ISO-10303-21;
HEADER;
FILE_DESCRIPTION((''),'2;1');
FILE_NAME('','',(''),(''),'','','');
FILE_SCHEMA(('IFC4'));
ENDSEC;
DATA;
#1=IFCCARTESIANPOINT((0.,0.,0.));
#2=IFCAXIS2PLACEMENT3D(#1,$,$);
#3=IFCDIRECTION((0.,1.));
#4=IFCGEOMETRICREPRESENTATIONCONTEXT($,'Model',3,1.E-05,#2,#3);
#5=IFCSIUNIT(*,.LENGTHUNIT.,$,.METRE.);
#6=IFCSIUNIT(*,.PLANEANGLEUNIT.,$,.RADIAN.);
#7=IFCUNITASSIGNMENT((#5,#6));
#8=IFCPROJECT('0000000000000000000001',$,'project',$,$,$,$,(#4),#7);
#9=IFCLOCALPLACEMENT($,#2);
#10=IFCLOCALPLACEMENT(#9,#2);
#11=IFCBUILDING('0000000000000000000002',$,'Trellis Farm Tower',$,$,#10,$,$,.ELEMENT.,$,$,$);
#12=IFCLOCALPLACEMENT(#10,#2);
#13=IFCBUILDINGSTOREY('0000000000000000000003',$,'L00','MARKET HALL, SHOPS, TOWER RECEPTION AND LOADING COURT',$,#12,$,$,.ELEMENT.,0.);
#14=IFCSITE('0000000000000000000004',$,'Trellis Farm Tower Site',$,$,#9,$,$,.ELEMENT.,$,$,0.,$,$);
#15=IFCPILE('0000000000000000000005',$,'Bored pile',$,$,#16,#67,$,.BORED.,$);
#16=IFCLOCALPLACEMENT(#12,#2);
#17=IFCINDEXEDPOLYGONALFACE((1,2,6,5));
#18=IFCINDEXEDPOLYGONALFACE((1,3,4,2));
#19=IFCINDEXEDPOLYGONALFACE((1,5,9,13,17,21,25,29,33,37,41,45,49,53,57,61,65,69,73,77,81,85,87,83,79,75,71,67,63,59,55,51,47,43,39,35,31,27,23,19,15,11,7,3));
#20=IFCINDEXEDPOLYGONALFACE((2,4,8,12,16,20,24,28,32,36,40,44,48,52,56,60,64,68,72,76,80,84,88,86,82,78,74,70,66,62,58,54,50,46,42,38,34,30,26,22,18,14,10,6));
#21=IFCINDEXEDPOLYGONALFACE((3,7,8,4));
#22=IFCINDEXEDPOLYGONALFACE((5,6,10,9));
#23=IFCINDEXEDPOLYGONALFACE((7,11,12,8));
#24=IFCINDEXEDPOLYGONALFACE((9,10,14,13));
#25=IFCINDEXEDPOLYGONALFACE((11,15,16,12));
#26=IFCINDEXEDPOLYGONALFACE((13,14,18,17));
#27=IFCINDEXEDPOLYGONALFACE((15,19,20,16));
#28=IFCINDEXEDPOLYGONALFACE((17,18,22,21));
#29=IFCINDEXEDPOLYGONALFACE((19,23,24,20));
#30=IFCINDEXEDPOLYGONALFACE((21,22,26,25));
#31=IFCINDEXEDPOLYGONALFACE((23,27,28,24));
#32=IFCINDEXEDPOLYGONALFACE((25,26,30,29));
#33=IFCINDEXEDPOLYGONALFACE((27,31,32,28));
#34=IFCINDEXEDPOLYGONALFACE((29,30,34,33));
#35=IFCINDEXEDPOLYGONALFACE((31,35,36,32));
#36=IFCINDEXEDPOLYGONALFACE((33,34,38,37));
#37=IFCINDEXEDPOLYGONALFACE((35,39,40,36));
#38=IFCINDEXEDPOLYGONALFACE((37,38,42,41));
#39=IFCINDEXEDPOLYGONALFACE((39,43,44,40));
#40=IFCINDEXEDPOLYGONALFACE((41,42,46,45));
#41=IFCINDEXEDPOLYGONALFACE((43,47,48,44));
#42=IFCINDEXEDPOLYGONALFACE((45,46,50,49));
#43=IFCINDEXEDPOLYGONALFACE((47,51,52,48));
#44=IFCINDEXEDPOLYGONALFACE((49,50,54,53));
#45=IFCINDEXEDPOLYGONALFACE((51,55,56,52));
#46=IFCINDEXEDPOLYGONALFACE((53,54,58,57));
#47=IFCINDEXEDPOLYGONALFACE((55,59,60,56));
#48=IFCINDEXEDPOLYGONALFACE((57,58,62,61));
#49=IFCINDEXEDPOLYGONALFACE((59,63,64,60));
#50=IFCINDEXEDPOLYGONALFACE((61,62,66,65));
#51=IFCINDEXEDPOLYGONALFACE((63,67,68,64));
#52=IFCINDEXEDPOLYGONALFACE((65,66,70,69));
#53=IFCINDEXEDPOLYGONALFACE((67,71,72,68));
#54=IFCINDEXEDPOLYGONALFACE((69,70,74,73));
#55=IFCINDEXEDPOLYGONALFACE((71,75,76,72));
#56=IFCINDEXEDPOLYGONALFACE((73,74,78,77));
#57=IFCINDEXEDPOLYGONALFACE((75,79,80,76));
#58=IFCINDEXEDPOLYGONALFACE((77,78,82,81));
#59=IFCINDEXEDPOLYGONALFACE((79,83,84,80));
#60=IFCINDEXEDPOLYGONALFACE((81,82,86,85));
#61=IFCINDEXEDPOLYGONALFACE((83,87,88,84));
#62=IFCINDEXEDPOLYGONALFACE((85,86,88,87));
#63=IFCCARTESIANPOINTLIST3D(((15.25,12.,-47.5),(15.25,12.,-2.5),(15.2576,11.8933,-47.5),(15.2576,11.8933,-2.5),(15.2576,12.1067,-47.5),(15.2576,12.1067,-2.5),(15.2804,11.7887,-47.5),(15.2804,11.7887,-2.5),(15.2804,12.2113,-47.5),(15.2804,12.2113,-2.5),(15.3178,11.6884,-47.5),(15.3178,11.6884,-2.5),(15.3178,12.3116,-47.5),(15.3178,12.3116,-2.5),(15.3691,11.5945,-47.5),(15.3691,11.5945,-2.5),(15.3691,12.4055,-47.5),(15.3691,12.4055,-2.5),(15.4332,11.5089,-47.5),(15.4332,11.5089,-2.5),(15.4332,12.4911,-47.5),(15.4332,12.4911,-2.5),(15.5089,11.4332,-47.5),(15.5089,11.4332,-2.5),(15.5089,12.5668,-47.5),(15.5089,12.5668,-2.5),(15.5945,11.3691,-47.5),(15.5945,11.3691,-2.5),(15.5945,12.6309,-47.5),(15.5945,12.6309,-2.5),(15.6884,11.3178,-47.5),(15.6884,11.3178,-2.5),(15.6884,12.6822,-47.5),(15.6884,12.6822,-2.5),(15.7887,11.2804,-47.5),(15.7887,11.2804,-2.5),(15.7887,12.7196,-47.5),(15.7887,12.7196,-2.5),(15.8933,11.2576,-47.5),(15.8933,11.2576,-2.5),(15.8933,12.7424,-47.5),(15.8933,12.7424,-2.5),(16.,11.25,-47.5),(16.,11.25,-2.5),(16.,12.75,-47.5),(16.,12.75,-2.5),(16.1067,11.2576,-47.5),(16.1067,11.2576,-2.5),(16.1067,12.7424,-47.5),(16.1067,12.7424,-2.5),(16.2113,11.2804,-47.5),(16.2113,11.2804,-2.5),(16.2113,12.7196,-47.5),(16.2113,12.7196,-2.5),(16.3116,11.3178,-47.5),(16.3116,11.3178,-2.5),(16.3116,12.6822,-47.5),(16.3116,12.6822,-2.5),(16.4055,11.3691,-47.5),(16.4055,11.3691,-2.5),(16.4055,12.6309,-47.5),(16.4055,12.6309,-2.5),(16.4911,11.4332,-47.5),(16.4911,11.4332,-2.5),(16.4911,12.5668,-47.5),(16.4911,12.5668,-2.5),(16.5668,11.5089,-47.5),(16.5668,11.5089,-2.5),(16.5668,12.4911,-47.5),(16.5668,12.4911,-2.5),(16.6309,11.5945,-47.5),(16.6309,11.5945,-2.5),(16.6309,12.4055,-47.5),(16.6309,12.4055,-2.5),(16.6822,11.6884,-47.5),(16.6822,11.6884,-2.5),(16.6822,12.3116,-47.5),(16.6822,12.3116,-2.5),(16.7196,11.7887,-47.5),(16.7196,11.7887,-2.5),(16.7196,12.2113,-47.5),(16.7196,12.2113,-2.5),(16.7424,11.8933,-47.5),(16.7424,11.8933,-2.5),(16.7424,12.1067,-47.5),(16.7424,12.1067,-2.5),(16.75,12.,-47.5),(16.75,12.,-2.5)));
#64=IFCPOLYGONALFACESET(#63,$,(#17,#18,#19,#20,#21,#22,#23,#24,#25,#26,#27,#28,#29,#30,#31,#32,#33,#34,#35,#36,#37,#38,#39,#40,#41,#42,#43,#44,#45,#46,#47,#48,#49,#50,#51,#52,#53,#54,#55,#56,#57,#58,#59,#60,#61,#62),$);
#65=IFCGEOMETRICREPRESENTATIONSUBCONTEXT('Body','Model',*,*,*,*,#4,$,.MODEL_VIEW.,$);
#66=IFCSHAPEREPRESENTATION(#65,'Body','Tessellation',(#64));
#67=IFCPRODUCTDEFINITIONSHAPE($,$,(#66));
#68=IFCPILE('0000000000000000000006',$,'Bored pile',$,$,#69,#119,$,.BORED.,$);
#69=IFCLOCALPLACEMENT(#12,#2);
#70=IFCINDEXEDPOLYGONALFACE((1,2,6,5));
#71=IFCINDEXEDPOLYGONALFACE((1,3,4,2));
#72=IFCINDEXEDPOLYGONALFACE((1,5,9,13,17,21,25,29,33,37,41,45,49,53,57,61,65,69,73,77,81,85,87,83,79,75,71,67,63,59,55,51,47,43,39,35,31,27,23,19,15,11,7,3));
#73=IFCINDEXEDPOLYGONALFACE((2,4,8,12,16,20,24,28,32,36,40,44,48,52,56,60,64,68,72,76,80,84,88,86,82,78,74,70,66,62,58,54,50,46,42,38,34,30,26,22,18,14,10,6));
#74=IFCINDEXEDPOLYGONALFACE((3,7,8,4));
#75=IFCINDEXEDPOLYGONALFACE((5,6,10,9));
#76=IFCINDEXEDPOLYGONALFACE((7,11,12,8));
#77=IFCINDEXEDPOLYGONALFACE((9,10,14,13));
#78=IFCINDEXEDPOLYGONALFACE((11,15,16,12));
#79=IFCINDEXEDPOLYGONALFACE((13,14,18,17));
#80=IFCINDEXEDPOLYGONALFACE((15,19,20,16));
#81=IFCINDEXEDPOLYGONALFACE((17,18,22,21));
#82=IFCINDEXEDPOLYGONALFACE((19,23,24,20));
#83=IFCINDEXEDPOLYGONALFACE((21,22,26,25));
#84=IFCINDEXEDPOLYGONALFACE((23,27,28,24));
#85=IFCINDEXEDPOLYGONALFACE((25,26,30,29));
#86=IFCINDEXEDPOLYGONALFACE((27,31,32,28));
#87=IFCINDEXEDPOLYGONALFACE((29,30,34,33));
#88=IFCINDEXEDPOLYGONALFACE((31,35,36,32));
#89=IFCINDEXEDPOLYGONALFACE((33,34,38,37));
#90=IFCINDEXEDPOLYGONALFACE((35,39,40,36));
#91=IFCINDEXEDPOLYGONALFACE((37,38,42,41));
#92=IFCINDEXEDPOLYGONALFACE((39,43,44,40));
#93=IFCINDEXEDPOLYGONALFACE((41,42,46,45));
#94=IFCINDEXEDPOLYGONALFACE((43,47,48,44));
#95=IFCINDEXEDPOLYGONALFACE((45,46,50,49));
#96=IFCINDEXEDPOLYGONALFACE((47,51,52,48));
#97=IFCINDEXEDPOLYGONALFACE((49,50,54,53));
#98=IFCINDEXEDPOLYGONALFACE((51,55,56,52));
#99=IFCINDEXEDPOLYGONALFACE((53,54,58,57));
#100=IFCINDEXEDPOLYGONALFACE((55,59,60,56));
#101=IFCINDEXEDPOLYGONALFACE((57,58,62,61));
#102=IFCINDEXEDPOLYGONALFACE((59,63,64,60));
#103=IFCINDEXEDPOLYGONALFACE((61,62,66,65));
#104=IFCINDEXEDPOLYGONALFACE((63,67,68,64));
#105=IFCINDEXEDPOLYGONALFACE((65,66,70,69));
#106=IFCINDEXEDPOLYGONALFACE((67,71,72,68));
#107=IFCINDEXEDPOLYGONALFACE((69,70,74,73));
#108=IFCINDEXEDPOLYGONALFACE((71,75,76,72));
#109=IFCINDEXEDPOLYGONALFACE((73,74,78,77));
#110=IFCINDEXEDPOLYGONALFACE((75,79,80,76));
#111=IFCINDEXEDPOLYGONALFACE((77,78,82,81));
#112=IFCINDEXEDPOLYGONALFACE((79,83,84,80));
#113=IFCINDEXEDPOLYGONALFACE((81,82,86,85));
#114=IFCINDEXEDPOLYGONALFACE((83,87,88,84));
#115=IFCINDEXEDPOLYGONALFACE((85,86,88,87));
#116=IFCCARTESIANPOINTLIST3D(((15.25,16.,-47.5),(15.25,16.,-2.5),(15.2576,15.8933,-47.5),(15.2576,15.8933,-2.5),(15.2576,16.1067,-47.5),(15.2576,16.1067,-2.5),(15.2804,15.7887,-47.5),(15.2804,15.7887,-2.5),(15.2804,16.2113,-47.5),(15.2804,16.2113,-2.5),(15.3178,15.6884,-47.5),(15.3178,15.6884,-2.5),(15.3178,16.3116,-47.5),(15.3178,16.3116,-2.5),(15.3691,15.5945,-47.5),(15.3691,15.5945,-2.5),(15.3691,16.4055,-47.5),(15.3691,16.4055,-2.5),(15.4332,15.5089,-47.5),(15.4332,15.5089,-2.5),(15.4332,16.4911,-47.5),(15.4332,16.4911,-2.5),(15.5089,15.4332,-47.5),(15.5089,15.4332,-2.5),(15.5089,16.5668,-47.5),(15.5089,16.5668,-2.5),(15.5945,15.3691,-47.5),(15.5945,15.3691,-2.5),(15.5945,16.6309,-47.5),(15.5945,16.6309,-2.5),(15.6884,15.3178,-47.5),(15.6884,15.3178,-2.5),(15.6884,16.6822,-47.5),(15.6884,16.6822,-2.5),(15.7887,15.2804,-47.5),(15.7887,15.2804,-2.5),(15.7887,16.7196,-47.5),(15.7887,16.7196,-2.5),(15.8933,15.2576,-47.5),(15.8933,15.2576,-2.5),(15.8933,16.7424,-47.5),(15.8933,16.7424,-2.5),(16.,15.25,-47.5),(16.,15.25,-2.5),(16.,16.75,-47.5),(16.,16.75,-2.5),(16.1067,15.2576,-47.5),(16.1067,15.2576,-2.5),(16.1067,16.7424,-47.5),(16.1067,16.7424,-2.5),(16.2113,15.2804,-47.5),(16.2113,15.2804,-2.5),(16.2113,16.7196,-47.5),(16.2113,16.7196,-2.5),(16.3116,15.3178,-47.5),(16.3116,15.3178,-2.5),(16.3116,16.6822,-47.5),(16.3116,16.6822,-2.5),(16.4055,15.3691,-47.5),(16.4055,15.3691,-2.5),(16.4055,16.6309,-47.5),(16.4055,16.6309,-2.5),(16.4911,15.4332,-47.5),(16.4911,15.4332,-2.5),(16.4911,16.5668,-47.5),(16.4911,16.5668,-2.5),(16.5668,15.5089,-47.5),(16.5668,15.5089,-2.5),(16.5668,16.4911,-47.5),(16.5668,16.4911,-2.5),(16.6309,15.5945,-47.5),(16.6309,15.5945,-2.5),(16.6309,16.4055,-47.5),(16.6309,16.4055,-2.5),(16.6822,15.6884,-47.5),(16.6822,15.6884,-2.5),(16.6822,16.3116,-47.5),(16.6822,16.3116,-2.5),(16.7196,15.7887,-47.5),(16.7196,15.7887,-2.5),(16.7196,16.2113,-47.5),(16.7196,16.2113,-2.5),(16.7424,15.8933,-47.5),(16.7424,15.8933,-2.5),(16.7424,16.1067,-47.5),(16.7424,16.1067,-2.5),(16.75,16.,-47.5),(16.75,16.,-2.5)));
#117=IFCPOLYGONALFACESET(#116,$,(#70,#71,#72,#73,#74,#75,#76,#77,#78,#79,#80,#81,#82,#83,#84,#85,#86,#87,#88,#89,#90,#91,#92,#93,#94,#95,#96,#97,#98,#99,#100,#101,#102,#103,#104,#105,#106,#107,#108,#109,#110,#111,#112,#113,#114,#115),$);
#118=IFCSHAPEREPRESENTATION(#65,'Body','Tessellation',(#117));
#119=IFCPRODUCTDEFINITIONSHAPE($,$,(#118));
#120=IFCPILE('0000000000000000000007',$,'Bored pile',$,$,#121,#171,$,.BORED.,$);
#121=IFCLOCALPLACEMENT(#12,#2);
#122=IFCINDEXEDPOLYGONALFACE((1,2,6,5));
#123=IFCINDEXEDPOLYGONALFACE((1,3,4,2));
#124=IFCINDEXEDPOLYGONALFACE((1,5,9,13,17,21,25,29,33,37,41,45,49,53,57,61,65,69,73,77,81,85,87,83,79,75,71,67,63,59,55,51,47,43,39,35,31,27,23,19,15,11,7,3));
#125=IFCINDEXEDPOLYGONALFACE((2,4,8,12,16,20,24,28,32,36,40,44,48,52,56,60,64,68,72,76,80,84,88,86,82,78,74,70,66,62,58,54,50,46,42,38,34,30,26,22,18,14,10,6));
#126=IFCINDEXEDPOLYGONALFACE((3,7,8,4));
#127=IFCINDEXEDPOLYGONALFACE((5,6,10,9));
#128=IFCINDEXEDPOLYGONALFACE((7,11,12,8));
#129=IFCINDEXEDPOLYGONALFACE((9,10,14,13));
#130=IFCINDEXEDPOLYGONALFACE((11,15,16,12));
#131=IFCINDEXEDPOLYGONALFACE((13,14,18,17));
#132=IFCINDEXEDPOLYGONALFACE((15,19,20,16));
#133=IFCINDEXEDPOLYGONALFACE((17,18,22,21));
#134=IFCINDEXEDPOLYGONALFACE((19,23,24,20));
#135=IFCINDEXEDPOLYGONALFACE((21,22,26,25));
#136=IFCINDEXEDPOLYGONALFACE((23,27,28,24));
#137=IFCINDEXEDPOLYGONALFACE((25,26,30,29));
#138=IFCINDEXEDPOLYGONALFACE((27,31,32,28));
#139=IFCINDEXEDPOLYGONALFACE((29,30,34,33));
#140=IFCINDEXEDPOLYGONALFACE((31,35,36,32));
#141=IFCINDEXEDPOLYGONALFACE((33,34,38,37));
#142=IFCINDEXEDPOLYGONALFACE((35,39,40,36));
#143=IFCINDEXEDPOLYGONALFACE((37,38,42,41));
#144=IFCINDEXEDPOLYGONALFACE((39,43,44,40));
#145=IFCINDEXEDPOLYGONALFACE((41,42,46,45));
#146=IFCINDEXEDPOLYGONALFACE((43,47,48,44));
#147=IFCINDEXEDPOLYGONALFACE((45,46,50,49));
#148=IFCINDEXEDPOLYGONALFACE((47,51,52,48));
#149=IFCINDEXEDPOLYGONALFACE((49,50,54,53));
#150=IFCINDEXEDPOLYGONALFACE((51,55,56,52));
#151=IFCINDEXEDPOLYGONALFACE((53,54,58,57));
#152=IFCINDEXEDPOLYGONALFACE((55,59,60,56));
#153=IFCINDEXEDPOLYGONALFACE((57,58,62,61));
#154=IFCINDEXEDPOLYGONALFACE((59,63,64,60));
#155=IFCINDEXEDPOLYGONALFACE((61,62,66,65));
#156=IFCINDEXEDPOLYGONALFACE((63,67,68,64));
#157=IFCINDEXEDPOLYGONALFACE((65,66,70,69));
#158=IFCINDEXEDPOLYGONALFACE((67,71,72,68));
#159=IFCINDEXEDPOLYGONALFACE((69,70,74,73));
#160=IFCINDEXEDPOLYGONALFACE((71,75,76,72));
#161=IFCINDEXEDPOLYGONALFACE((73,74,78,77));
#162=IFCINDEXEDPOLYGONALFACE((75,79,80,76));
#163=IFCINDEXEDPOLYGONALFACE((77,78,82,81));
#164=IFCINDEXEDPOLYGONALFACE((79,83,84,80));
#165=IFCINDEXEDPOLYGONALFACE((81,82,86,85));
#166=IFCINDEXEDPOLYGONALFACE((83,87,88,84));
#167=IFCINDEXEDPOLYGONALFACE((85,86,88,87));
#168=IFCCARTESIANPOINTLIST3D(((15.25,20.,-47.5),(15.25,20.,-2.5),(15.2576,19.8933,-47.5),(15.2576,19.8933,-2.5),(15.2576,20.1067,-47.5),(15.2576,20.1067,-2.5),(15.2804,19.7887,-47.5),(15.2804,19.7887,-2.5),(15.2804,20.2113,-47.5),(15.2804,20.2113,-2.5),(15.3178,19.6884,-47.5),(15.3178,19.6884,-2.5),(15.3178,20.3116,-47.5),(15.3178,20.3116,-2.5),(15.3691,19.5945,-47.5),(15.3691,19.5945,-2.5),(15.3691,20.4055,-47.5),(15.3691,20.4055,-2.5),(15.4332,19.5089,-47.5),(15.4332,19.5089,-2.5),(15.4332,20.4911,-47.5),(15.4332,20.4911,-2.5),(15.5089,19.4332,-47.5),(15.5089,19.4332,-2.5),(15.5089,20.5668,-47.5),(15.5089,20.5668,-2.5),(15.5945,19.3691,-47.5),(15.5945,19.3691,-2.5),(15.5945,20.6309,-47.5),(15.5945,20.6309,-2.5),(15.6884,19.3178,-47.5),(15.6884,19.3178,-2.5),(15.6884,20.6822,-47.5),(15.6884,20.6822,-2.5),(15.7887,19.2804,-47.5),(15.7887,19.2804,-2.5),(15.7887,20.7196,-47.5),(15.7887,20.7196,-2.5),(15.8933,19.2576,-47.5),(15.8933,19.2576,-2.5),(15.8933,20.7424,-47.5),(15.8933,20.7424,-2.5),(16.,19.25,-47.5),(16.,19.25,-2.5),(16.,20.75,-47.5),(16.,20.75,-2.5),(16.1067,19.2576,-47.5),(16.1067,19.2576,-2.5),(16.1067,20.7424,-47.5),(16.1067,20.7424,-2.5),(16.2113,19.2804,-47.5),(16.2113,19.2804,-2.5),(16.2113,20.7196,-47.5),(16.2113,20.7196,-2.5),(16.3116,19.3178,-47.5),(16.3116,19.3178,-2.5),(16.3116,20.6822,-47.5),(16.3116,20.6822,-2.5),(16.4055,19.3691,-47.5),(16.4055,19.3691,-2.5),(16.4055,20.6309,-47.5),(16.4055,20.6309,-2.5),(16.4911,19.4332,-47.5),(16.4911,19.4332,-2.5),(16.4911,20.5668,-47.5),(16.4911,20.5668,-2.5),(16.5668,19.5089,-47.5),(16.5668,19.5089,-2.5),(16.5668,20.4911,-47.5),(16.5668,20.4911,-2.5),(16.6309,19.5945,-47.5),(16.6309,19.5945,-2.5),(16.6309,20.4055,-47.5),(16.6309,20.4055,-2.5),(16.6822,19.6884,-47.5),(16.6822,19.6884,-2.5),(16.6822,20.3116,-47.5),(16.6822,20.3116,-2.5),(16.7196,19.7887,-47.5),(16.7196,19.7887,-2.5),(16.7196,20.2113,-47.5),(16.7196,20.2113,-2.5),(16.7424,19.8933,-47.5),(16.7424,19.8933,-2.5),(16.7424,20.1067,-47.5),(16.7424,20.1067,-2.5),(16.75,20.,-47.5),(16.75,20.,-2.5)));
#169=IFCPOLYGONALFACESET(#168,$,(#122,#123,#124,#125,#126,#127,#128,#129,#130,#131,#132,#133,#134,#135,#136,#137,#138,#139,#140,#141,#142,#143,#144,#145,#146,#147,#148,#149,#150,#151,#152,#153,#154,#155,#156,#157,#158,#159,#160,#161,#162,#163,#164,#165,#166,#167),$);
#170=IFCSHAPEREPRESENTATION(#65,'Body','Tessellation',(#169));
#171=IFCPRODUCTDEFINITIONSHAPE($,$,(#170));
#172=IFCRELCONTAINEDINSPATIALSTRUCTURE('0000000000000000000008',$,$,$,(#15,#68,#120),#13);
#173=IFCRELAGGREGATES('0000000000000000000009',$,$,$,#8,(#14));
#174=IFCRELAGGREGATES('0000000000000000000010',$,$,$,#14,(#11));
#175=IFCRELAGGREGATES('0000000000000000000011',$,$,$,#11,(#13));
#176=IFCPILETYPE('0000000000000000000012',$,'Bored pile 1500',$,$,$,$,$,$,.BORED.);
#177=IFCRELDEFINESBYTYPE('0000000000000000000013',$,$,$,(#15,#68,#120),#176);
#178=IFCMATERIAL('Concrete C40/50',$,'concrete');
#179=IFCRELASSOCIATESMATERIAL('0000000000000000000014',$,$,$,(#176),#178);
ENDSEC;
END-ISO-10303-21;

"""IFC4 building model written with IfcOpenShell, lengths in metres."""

from ifc_helpers import new_model, si_unit, direction, frame, origin, origin_2d, place, context, subcontext, project, spatial, circle, extrude, source, transform, mapped, material, material_profile, profile_set, type_object, element, save


model = new_model("IFC4")

# Units and contexts
model_context = context("Model", 3, precision=1e-05, world=origin(), true_north=direction((0.0, 1.0)))
body_context = subcontext(model_context, "Body", "Model", "MODEL_VIEW")
ifc_project = project(units=[si_unit("LENGTHUNIT", "METRE"), si_unit("PLANEANGLEUNIT", "RADIAN")], contexts=[model_context])

# Site, building, storey
site_placement = place(None, origin())
site = spatial("IfcSite", under=ifc_project, at=site_placement, Name="Trellis Farm Tower Site", CompositionType="ELEMENT", RefElevation=0.0)
building_placement = place(site_placement, origin())
building = spatial("IfcBuilding", under=site, at=building_placement, Name="Trellis Farm Tower", CompositionType="ELEMENT")
storey_placement = place(building_placement, origin())
storey = spatial("IfcBuildingStorey", under=building, at=storey_placement, Name="L00", Description="MARKET HALL, SHOPS, TOWER RECEPTION AND LOADING COURT", CompositionType="ELEMENT", Elevation=0.0)

# Piles
ifc_material_1 = material(Name="Concrete C40/50", Category="concrete")
ifc_material_profile_1 = material_profile(ifc_material_1, circle(Radius=0.75, at=origin_2d()), Name="Bored pile 1500")
ifc_profile_set_1 = profile_set([ifc_material_profile_1], Name="Concrete C40/50")
pile_type = type_object("IfcPileType", Name="Bored pile 1500", PredefinedType="BORED", material=ifc_profile_set_1)
shared_shape_1 = source(origin(), body_context, "Body", "SweptSolid", [
    extrude(circle(Radius=0.75, at=origin_2d()), origin(), (0.0, 0.0, 1.0), 45.0),
])
for number, where, z_axis, x_axis, name in (
    (1, (16.0, 12.0, -2.5), (0.0, 0.0, -1.0), (1.0, 0.0, 0.0), "Bored pile"),
    (2, (16.0, 16.0, -2.5), (0.0, 0.0, -1.0), (1.0, 0.0, 0.0), "Bored pile"),
    (3, (16.0, 20.0, -2.5), (0.0, 0.0, -1.0), (1.0, 0.0, 0.0), "Bored pile"),
):
    element("IfcPile", number, at=place(storey_placement, frame(where, z_axis=z_axis, x_axis=x_axis)), inside=storey, type_object=pile_type, Name=name, PredefinedType="BORED", context=body_context, shape_type="MappedRepresentation", body=[
        mapped(shared_shape_1, transform((0.0, 0.0, 0.0))),
    ])

save(model, "model.ifc")
